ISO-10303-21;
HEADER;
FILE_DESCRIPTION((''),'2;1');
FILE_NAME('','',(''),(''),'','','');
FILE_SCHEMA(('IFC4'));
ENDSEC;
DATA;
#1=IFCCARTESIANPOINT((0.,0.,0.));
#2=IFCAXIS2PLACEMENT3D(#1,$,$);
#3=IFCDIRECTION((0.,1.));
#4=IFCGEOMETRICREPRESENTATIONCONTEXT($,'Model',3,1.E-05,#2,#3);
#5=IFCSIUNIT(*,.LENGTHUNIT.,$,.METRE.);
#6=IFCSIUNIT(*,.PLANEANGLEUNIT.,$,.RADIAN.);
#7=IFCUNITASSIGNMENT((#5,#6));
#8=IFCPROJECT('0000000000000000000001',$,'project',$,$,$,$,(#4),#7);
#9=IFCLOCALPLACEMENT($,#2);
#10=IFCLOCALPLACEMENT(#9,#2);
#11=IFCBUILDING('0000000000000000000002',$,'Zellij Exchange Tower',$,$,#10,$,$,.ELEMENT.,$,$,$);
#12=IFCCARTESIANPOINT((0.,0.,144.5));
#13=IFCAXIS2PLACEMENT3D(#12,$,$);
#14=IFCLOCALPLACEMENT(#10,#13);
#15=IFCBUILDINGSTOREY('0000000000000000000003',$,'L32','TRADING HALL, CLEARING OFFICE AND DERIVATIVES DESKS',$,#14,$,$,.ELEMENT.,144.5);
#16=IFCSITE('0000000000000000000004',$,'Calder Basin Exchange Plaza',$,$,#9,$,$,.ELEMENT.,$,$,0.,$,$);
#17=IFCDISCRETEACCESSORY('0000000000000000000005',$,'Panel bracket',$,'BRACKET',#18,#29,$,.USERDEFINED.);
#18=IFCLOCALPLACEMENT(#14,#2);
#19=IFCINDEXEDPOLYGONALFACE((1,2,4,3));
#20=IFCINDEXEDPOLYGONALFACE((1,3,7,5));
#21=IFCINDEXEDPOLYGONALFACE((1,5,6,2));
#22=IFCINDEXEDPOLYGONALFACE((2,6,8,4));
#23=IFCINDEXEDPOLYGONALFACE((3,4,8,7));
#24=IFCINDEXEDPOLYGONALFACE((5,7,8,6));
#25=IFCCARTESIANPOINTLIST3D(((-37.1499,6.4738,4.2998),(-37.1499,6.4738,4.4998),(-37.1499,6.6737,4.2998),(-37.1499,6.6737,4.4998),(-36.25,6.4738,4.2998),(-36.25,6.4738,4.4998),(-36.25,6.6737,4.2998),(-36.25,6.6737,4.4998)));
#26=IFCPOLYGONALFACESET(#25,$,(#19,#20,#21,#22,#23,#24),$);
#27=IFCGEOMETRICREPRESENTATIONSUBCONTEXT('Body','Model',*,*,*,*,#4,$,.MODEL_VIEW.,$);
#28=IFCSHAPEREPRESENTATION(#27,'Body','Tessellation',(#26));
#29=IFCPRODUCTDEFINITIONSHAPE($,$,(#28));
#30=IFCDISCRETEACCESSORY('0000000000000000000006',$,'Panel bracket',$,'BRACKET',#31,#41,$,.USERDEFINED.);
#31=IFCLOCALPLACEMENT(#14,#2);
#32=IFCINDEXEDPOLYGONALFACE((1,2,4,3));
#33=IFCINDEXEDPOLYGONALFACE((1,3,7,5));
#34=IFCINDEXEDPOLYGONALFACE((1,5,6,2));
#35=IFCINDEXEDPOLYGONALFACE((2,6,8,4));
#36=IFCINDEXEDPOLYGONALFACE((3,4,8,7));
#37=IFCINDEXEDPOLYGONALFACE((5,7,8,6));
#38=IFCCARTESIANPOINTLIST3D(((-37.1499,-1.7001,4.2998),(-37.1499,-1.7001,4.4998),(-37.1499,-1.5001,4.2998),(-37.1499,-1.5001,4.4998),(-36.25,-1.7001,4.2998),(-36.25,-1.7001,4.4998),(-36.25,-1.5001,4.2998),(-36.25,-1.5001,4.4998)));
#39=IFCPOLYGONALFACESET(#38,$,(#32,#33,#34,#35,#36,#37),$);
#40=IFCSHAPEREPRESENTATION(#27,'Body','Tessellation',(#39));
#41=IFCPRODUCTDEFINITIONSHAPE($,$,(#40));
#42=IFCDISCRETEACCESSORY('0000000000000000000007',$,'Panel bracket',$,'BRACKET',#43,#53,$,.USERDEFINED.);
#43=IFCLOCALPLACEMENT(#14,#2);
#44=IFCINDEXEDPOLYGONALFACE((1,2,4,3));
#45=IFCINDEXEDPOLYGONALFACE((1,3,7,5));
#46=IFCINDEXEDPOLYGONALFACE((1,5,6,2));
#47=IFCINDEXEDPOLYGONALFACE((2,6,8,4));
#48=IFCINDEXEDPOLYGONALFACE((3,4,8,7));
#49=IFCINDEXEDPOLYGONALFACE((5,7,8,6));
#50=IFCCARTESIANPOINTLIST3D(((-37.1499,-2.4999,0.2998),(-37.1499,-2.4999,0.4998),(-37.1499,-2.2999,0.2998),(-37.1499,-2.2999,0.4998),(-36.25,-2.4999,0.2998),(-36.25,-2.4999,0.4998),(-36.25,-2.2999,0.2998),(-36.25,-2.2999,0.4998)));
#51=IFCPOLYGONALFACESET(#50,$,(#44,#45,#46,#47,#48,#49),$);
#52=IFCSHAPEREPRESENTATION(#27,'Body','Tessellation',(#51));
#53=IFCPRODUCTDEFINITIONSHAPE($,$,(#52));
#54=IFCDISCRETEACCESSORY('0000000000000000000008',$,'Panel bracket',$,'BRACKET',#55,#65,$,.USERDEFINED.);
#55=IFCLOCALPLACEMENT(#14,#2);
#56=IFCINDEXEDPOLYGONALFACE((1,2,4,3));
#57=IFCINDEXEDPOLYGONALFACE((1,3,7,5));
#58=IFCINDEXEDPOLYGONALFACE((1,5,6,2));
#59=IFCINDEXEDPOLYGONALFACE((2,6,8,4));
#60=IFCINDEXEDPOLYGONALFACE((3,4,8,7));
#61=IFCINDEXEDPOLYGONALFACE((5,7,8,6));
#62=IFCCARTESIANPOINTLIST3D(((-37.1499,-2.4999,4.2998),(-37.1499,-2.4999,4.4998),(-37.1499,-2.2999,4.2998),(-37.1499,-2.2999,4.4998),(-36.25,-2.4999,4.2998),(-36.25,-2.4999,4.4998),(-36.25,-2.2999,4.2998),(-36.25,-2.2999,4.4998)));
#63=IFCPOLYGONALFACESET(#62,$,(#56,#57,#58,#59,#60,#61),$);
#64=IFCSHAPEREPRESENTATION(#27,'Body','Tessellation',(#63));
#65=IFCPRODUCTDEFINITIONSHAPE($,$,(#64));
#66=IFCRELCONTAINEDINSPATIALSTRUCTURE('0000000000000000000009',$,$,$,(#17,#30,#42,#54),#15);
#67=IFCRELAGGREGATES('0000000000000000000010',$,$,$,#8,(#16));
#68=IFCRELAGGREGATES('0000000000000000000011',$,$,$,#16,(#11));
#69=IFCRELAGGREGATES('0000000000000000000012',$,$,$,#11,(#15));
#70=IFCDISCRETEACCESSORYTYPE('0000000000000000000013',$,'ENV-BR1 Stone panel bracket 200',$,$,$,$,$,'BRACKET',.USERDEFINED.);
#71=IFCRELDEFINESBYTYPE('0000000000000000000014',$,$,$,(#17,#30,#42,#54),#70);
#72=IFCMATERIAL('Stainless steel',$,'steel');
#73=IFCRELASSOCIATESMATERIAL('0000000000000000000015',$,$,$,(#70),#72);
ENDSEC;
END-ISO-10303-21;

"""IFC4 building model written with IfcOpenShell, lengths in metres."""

from ifc_helpers import new_model, si_unit, direction, frame, origin, origin_2d, place, context, subcontext, project, spatial, rectangle, extrude, material, type_object, element, save


model = new_model("IFC4")

# Units and contexts
model_context = context("Model", 3, precision=1e-05, world=origin(), true_north=direction((0.0, 1.0)))
body_context = subcontext(model_context, "Body", "Model", "MODEL_VIEW")
ifc_project = project(units=[si_unit("LENGTHUNIT", "METRE"), si_unit("PLANEANGLEUNIT", "RADIAN")], contexts=[model_context])

# Site, building, storey
site_placement = place(None, origin())
site = spatial("IfcSite", under=ifc_project, at=site_placement, Name="Calder Basin Exchange Plaza", CompositionType="ELEMENT", RefElevation=0.0)
building_placement = place(site_placement, origin())
building = spatial("IfcBuilding", under=site, at=building_placement, Name="Zellij Exchange Tower", CompositionType="ELEMENT")
storey_placement = place(building_placement, frame((0.0, 0.0, 144.5)))
storey = spatial("IfcBuildingStorey", under=building, at=storey_placement, Name="L32", Description="TRADING HALL, CLEARING OFFICE AND DERIVATIVES DESKS", CompositionType="ELEMENT", Elevation=144.5)

# Discrete accessories
ifc_material_1 = material(Name="Stainless steel", Category="steel")
discrete_accessory_type = type_object("IfcDiscreteAccessoryType", Name="ENV-BR1 Stone panel bracket 200", ElementType="BRACKET", PredefinedType="USERDEFINED", material=ifc_material_1)
for number, where, z_axis, x_axis, name in (
    (1, (-36.7, 6.5737, 4.2998), (0.0, 0.0, 1.0), (0.0, -1.0, 0.0), "Panel bracket"),
    (2, (-36.7, -1.6001, 4.2998), (0.0, 0.0, 1.0), (0.0, -1.0, 0.0), "Panel bracket"),
    (3, (-36.7, -2.3999, 0.2998), (0.0, 0.0, 1.0), (0.0, -1.0, 0.0), "Panel bracket"),
    (4, (-36.7, -2.3999, 4.2998), (0.0, 0.0, 1.0), (0.0, -1.0, 0.0), "Panel bracket"),
):
    element("IfcDiscreteAccessory", number, at=place(storey_placement, frame(where, z_axis=z_axis, x_axis=x_axis)), inside=storey, type_object=discrete_accessory_type, Name=name, ObjectType="BRACKET", PredefinedType="USERDEFINED", context=body_context, shape_type="SweptSolid", body=[
        extrude(rectangle(XDim=0.2, YDim=0.8999, at=origin_2d()), origin(), (0.0, 0.0, 1.0), 0.2),
    ])

save(model, "model.ifc")
